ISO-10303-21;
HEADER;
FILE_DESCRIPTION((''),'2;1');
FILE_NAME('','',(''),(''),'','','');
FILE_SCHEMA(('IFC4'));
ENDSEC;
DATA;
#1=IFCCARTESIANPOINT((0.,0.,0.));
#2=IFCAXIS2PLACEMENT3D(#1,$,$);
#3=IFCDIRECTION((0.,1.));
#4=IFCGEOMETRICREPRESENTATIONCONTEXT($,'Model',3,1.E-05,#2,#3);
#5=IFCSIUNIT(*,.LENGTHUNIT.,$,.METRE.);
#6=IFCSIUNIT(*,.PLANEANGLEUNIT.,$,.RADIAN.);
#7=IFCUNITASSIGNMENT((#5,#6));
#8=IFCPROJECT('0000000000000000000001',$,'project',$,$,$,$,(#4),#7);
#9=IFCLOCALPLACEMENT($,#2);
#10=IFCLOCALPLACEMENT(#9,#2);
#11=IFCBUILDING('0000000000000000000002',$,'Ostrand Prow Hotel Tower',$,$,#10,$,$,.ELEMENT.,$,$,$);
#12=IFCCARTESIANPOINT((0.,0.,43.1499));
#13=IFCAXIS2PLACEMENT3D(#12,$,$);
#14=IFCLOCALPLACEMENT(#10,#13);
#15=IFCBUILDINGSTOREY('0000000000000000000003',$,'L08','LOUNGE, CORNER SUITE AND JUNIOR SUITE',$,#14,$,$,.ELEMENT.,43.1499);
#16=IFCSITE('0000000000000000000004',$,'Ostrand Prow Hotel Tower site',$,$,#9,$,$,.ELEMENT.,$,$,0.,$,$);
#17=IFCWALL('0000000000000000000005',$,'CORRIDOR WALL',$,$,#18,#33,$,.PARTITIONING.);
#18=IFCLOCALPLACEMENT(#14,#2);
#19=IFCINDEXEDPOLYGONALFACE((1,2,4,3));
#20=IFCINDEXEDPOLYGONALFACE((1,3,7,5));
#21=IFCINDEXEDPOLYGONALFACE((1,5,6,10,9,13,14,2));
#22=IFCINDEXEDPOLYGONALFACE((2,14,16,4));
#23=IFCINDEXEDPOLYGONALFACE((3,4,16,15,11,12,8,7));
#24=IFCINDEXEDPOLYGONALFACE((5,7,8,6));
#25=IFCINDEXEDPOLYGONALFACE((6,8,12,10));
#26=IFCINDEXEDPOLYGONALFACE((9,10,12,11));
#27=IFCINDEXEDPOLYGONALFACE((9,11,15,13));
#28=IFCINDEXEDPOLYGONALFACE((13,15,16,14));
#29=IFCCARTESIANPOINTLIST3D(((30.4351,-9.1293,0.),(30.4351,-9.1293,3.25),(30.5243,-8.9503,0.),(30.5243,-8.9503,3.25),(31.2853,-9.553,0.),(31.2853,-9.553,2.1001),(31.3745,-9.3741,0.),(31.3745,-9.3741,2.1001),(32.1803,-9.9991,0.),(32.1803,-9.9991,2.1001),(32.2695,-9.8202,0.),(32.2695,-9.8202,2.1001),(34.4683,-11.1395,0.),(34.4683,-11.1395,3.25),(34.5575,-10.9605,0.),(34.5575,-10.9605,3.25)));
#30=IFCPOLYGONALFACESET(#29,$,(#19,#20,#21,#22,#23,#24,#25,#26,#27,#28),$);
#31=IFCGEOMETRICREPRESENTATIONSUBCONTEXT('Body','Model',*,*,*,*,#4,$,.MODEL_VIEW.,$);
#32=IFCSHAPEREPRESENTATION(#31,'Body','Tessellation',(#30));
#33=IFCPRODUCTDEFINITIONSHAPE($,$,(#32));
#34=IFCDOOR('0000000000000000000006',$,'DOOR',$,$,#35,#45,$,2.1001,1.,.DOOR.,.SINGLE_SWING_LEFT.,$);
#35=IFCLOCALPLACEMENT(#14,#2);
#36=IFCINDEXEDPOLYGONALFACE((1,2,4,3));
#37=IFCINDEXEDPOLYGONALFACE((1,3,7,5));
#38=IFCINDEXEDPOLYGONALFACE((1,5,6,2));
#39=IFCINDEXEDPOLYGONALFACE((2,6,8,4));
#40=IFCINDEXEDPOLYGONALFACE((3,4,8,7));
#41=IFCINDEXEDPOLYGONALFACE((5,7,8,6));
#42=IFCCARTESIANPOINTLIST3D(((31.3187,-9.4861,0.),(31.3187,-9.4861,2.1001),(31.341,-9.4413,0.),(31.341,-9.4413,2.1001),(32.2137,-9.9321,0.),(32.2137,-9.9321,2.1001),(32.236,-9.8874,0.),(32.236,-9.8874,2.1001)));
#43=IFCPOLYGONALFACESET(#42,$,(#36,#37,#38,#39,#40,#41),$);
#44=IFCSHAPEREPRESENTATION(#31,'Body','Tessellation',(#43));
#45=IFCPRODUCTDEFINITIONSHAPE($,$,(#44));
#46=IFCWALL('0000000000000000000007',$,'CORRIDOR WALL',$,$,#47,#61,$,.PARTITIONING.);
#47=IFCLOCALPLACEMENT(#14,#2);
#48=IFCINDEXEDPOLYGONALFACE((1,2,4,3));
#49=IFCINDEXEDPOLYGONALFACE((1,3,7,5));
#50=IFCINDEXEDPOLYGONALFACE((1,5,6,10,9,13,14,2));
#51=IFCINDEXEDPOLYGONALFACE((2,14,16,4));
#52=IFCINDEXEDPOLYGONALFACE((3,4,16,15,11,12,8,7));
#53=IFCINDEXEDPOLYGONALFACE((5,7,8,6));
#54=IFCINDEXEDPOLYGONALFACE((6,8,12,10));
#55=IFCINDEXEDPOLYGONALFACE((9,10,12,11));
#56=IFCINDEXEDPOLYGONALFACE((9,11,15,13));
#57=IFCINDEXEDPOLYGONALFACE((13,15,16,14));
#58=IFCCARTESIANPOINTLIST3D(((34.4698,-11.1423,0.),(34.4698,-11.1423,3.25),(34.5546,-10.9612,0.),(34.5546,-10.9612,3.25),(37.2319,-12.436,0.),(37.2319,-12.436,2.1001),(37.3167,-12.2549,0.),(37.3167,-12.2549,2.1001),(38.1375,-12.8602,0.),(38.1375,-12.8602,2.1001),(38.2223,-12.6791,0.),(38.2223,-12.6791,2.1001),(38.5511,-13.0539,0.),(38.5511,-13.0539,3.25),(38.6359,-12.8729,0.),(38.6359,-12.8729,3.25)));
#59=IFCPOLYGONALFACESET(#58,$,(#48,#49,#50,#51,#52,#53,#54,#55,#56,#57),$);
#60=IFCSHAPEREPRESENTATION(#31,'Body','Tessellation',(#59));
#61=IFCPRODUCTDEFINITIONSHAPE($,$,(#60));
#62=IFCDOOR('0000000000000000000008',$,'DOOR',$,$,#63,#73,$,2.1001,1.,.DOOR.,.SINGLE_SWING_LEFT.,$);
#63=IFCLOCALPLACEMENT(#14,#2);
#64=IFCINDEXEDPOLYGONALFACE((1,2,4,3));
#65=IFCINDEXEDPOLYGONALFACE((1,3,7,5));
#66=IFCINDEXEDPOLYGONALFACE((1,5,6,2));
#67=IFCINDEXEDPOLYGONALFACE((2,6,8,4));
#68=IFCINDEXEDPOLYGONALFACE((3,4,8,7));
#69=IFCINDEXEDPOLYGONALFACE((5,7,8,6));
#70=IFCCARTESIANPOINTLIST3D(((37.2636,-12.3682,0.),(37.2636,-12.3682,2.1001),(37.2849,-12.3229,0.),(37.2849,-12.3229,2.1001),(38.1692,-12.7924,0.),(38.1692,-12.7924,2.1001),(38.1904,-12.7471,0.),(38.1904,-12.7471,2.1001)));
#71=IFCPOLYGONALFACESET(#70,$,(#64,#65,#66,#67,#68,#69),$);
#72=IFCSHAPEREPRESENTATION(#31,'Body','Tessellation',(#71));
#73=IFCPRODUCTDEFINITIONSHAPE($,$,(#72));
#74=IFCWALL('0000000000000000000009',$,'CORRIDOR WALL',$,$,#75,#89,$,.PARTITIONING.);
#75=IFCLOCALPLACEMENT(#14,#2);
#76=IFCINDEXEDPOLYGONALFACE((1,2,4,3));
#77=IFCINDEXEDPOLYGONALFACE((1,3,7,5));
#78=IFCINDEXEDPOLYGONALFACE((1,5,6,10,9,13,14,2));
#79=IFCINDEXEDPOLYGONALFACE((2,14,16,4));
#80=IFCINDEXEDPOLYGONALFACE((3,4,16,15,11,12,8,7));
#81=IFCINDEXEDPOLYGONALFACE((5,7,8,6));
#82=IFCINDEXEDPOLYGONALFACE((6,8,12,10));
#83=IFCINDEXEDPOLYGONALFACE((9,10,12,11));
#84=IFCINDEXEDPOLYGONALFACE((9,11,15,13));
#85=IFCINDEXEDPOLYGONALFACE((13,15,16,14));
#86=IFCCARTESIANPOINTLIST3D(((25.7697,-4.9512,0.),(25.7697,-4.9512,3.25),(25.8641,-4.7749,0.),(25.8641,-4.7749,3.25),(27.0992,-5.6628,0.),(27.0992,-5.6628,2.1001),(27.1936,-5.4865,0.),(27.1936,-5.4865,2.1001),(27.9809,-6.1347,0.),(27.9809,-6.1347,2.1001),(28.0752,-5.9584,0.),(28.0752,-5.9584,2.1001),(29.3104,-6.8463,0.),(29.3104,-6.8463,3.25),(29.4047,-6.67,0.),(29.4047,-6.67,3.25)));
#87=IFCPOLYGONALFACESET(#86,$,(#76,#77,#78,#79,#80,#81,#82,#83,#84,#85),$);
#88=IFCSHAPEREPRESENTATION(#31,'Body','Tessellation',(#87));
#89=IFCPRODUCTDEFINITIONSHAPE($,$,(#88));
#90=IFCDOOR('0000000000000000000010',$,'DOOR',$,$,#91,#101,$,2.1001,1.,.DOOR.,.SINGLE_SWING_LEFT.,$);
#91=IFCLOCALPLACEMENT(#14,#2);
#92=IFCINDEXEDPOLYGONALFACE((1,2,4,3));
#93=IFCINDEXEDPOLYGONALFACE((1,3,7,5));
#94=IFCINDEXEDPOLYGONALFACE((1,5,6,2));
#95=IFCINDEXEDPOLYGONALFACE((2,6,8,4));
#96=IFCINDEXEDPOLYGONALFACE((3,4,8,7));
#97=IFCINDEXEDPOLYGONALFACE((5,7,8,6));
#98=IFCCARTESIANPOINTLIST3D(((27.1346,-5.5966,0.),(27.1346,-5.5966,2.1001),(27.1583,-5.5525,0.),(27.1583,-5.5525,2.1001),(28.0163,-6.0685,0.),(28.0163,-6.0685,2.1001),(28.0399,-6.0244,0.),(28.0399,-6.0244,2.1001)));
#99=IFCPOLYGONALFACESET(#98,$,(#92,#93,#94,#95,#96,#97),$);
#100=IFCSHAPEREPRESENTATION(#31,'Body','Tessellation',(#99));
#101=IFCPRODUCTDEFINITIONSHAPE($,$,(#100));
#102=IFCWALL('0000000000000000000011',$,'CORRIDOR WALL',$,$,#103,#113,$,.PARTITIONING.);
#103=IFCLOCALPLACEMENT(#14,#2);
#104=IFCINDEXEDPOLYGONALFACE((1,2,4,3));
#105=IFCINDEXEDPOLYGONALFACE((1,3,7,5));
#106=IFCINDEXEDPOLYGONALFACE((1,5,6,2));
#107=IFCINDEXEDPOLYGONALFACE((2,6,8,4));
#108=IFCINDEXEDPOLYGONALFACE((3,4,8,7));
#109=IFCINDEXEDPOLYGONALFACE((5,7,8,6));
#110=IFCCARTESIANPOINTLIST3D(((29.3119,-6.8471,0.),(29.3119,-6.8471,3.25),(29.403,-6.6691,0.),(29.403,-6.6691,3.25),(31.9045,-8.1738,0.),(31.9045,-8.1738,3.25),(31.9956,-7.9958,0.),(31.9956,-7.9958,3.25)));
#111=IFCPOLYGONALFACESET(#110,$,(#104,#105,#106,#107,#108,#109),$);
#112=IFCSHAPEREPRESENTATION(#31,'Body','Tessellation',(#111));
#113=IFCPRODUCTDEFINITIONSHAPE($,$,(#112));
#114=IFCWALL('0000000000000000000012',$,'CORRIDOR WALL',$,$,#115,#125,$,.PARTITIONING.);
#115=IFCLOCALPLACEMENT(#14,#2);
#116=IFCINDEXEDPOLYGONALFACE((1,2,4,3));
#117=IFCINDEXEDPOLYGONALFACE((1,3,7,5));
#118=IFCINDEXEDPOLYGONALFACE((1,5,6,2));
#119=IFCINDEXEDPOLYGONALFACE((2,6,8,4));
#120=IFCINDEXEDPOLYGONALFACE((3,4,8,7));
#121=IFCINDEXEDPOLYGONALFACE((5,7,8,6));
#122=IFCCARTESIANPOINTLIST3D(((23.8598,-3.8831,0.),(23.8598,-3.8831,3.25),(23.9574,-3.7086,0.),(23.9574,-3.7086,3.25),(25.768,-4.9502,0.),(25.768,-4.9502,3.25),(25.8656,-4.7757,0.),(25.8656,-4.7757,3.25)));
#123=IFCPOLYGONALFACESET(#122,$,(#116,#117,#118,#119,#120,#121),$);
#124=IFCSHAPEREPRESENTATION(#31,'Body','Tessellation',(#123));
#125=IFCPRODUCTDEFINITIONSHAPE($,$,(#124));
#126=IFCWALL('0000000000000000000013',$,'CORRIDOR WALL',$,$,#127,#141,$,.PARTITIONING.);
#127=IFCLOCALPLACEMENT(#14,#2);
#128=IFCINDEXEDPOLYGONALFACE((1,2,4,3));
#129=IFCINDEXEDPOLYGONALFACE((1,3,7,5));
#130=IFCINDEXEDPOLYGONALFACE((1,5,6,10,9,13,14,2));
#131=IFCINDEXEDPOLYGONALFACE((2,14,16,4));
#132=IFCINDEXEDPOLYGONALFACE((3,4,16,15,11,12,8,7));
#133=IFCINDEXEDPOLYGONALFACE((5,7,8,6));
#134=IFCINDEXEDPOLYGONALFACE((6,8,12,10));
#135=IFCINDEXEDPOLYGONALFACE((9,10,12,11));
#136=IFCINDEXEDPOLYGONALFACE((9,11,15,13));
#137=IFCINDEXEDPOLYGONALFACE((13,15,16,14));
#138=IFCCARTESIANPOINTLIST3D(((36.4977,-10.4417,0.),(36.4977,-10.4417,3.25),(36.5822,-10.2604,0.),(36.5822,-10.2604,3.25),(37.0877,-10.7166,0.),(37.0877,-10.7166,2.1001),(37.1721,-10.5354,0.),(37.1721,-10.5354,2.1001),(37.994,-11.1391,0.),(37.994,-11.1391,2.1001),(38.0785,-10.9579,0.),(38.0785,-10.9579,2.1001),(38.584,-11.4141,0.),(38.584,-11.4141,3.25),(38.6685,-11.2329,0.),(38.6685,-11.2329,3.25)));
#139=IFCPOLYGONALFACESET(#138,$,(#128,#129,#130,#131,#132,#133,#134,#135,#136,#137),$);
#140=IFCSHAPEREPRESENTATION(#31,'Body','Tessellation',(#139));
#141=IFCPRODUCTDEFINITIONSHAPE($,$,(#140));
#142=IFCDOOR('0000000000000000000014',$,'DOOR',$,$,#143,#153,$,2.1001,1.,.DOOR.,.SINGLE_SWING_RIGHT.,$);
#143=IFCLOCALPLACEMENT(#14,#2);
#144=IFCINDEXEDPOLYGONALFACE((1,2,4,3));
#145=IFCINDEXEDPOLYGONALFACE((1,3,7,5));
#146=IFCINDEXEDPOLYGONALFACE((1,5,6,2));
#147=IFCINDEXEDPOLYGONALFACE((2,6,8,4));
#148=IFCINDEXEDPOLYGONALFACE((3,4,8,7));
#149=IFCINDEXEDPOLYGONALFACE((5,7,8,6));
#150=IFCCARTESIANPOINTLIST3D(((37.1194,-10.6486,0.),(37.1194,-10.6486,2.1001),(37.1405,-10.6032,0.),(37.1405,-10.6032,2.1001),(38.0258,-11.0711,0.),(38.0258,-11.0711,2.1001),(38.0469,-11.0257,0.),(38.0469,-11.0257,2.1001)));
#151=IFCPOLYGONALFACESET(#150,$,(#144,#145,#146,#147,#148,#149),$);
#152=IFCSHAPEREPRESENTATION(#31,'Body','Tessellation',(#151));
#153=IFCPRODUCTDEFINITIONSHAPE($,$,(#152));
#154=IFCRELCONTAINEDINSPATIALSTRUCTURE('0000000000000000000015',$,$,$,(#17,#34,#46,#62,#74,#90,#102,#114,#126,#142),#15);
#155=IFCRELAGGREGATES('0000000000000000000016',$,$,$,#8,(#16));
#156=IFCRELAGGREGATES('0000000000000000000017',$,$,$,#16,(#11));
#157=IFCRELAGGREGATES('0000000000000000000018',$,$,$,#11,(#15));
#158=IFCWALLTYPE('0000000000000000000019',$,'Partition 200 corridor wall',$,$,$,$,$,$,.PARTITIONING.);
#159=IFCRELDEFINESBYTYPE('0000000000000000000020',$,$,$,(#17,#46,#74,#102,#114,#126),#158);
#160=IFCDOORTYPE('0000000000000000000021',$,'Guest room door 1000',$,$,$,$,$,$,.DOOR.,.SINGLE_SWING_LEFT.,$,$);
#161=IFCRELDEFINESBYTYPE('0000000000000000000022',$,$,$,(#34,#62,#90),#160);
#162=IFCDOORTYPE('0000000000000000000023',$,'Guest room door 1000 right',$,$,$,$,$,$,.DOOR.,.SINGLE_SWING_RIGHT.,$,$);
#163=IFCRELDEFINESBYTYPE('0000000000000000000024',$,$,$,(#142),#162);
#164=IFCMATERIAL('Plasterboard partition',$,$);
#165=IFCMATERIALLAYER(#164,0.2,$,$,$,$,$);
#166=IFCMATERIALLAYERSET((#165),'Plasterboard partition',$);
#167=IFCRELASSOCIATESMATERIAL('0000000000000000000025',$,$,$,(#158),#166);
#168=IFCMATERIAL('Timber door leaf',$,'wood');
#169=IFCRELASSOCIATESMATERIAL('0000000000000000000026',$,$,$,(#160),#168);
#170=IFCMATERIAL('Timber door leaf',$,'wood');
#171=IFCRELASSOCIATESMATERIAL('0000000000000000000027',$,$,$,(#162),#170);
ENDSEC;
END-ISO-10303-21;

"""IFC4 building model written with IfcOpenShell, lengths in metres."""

from ifc_helpers import new_model, si_unit, direction, frame, frame_2d, origin, place, context, subcontext, project, spatial, rectangle, extrude, material, layer, layer_set, type_object, element, fill, save


model = new_model("IFC4")

# Units and contexts
model_context = context("Model", 3, precision=1e-05, world=origin(), true_north=direction((0.0, 1.0)))
body_context = subcontext(model_context, "Body", "Model", "MODEL_VIEW")
ifc_project = project(units=[si_unit("LENGTHUNIT", "METRE"), si_unit("PLANEANGLEUNIT", "RADIAN")], contexts=[model_context])

# Site, building, storey
site_placement = place(None, origin())
site = spatial("IfcSite", under=ifc_project, at=site_placement, Name="Ostrand Prow Hotel Tower site", CompositionType="ELEMENT", RefElevation=0.0)
building_placement = place(site_placement, origin())
building = spatial("IfcBuilding", under=site, at=building_placement, Name="Ostrand Prow Hotel Tower", CompositionType="ELEMENT")
storey_placement = place(building_placement, frame((0.0, 0.0, 43.1499)))
storey = spatial("IfcBuildingStorey", under=building, at=storey_placement, Name="L08", Description="LOUNGE, CORNER SUITE AND JUNIOR SUITE", CompositionType="ELEMENT", Elevation=43.1499)

# Walls, openings, doors
ifc_material_1 = material(Name="Plasterboard partition")
ifc_layer_1 = layer(ifc_material_1, 0.2)
ifc_layer_set_1 = layer_set([ifc_layer_1], Name="Plasterboard partition")
wall_type_1 = type_object("IfcWallType", Name="Partition 200 corridor wall", PredefinedType="PARTITIONING", material=ifc_layer_set_1)
wall_1_placement = place(storey_placement, frame((30.4797, -9.0398, 0.0), z_axis=(0.0, 0.0, 1.0), x_axis=(0.89499, -0.446086, 0.0)))
wall_1 = element("IfcWall", 1, at=wall_1_placement, inside=storey, type_object=wall_type_1, Name="CORRIDOR WALL", PredefinedType="PARTITIONING", context=body_context, shape_type="SweptSolid", body=[
    extrude(rectangle(XDim=4.5063, YDim=0.2, at=frame_2d((2.2532, 0.0))), origin(), (0.0, 0.0, 1.0), 3.25),
])
opening_1_placement = place(wall_1_placement, frame((0.95, 0.0, 0.0)))
opening_1 = element("IfcOpeningElement", 2, at=opening_1_placement, cuts=wall_1, PredefinedType="OPENING", context=body_context, shape_type="SweptSolid", body=[
    extrude(rectangle(XDim=1.0, YDim=2.1001, at=frame_2d((0.5, 1.05))), frame((0.0, 0.1099, 0.0), z_axis=(0.0, -1.0, 0.0), x_axis=(1.0, 0.0, 0.0)), (0.0, 0.0, 1.0), 0.22),
])
ifc_material_2 = material(Name="Timber door leaf", Category="wood")
door_type_1 = type_object("IfcDoorType", Name="Guest room door 1000", OperationType="SINGLE_SWING_LEFT", PredefinedType="DOOR", material=ifc_material_2)
door_1_placement = place(opening_1_placement, origin())
door_1 = element("IfcDoor", 3, at=door_1_placement, inside=storey, type_object=door_type_1, Name="DOOR", OperationType="SINGLE_SWING_LEFT", OverallHeight=2.1001, OverallWidth=1.0, PredefinedType="DOOR", context=body_context, shape_type="SweptSolid", body=[
    extrude(rectangle(XDim=1.0, YDim=2.1001, at=frame_2d((0.5, 1.05))), frame((0.0, 0.0249, 0.0), z_axis=(0.0, -1.0, 0.0), x_axis=(1.0, 0.0, 0.0)), (0.0, 0.0, 1.0), 0.05),
])
fill(opening_1, door_1)
wall_2_placement = place(storey_placement, frame((34.5122, -11.0518, 0.0), z_axis=(0.0, 0.0, 1.0), x_axis=(0.905586, -0.424163, 0.0)))
wall_2 = element("IfcWall", 4, at=wall_2_placement, inside=storey, type_object=wall_type_1, Name="CORRIDOR WALL", PredefinedType="PARTITIONING", context=body_context, shape_type="SweptSolid", body=[
    extrude(rectangle(XDim=4.5068, YDim=0.2, at=frame_2d((2.2534, 0.0))), origin(), (0.0, 0.0, 1.0), 3.25),
])
opening_2_placement = place(wall_2_placement, frame((3.05, 0.0, 0.0)))
opening_2 = element("IfcOpeningElement", 5, at=opening_2_placement, cuts=wall_2, PredefinedType="OPENING", context=body_context, shape_type="SweptSolid", body=[
    extrude(rectangle(XDim=1.0, YDim=2.1001, at=frame_2d((0.5, 1.05))), frame((0.0, 0.1099, 0.0), z_axis=(0.0, -1.0, 0.0), x_axis=(1.0, 0.0, 0.0)), (0.0, 0.0, 1.0), 0.22),
])
door_2_placement = place(opening_2_placement, origin())
door_2 = element("IfcDoor", 6, at=door_2_placement, inside=storey, type_object=door_type_1, Name="DOOR", OperationType="SINGLE_SWING_LEFT", OverallHeight=2.1001, OverallWidth=1.0, PredefinedType="DOOR", context=body_context, shape_type="SweptSolid", body=[
    extrude(rectangle(XDim=1.0, YDim=2.1001, at=frame_2d((0.5, 1.05))), frame((0.0, 0.0249, 0.0), z_axis=(0.0, -1.0, 0.0), x_axis=(1.0, 0.0, 0.0)), (0.0, 0.0, 1.0), 0.05),
])
fill(opening_2, door_2)
wall_3_placement = place(storey_placement, frame((29.3574, -6.7581, 0.0), z_axis=(0.0, 0.0, 1.0), x_axis=(-0.881655, 0.471894, 0.0)))
wall_3 = element("IfcWall", 7, at=wall_3_placement, inside=storey, type_object=wall_type_1, Name="CORRIDOR WALL", PredefinedType="PARTITIONING", context=body_context, shape_type="SweptSolid", body=[
    extrude(rectangle(XDim=4.0159, YDim=0.2, at=frame_2d((2.0078, 0.0))), origin(), (0.0, 0.0, 1.0), 3.25),
])
opening_3_placement = place(wall_3_placement, frame((1.5078, 0.0, 0.0)))
opening_3 = element("IfcOpeningElement", 8, at=opening_3_placement, cuts=wall_3, PredefinedType="OPENING", context=body_context, shape_type="SweptSolid", body=[
    extrude(rectangle(XDim=1.0, YDim=2.1001, at=frame_2d((0.5, 1.05))), frame((0.0, 0.1099, 0.0), z_axis=(0.0, -1.0, 0.0), x_axis=(1.0, 0.0, 0.0)), (0.0, 0.0, 1.0), 0.22),
])
door_3_placement = place(opening_3_placement, origin())
door_3 = element("IfcDoor", 9, at=door_3_placement, inside=storey, type_object=door_type_1, Name="DOOR", OperationType="SINGLE_SWING_LEFT", OverallHeight=2.1001, OverallWidth=1.0, PredefinedType="DOOR", context=body_context, shape_type="SweptSolid", body=[
    extrude(rectangle(XDim=1.0, YDim=2.1001, at=frame_2d((0.5, 1.05))), frame((0.0, 0.0249, 0.0), z_axis=(0.0, -1.0, 0.0), x_axis=(1.0, 0.0, 0.0)), (0.0, 0.0, 1.0), 0.05),
])
fill(opening_3, door_3)

# Walls
wall_4_placement = place(storey_placement, frame((31.95, -8.0847, 0.0), z_axis=(0.0, 0.0, 1.0), x_axis=(-0.890213, 0.455544, 0.0)))
element("IfcWall", 10, at=wall_4_placement, inside=storey, type_object=wall_type_1, Name="CORRIDOR WALL", PredefinedType="PARTITIONING", context=body_context, shape_type="SweptSolid", body=[
    extrude(rectangle(XDim=2.9124, YDim=0.2, at=frame_2d((1.4561, 0.0))), origin(), (0.0, 0.0, 1.0), 3.25),
])
wall_5_placement = place(storey_placement, frame((25.8169, -4.863, 0.0), z_axis=(0.0, 0.0, 1.0), x_axis=(-0.87279, 0.488097, 0.0)))
element("IfcWall", 11, at=wall_5_placement, inside=storey, type_object=wall_type_1, Name="CORRIDOR WALL", PredefinedType="PARTITIONING", context=body_context, shape_type="SweptSolid", body=[
    extrude(rectangle(XDim=2.1863, YDim=0.2, at=frame_2d((1.0933, 0.0))), origin(), (0.0, 0.0, 1.0), 3.25),
])

# Wall, opening, door
wall_6_placement = place(storey_placement, frame((38.6262, -11.3235, 0.0), z_axis=(0.0, 0.0, 1.0), x_axis=(-0.906373, 0.422479, 0.0)))
wall_6 = element("IfcWall", 12, at=wall_6_placement, inside=storey, type_object=wall_type_1, Name="CORRIDOR WALL", PredefinedType="PARTITIONING", context=body_context, shape_type="SweptSolid", body=[
    extrude(rectangle(XDim=2.3018, YDim=0.2, at=frame_2d((1.1509, 0.0))), origin(), (0.0, 0.0, 1.0), 3.25),
])
opening_4_placement = place(wall_6_placement, frame((0.6509, 0.0, 0.0)))
opening_4 = element("IfcOpeningElement", 13, at=opening_4_placement, cuts=wall_6, PredefinedType="OPENING", context=body_context, shape_type="SweptSolid", body=[
    extrude(rectangle(XDim=1.0, YDim=2.1001, at=frame_2d((0.5, 1.05))), frame((0.0, 0.1099, 0.0), z_axis=(0.0, -1.0, 0.0), x_axis=(1.0, 0.0, 0.0)), (0.0, 0.0, 1.0), 0.22),
])
ifc_material_3 = material(Name="Timber door leaf", Category="wood")
door_type_2 = type_object("IfcDoorType", Name="Guest room door 1000 right", OperationType="SINGLE_SWING_RIGHT", PredefinedType="DOOR", material=ifc_material_3)
door_4_placement = place(opening_4_placement, origin())
door_4 = element("IfcDoor", 14, at=door_4_placement, inside=storey, type_object=door_type_2, Name="DOOR", OperationType="SINGLE_SWING_RIGHT", OverallHeight=2.1001, OverallWidth=1.0, PredefinedType="DOOR", context=body_context, shape_type="SweptSolid", body=[
    extrude(rectangle(XDim=1.0, YDim=2.1001, at=frame_2d((0.5, 1.05))), frame((0.0, 0.0249, 0.0), z_axis=(0.0, -1.0, 0.0), x_axis=(1.0, 0.0, 0.0)), (0.0, 0.0, 1.0), 0.05),
])
fill(opening_4, door_4)

save(model, "model.ifc")
